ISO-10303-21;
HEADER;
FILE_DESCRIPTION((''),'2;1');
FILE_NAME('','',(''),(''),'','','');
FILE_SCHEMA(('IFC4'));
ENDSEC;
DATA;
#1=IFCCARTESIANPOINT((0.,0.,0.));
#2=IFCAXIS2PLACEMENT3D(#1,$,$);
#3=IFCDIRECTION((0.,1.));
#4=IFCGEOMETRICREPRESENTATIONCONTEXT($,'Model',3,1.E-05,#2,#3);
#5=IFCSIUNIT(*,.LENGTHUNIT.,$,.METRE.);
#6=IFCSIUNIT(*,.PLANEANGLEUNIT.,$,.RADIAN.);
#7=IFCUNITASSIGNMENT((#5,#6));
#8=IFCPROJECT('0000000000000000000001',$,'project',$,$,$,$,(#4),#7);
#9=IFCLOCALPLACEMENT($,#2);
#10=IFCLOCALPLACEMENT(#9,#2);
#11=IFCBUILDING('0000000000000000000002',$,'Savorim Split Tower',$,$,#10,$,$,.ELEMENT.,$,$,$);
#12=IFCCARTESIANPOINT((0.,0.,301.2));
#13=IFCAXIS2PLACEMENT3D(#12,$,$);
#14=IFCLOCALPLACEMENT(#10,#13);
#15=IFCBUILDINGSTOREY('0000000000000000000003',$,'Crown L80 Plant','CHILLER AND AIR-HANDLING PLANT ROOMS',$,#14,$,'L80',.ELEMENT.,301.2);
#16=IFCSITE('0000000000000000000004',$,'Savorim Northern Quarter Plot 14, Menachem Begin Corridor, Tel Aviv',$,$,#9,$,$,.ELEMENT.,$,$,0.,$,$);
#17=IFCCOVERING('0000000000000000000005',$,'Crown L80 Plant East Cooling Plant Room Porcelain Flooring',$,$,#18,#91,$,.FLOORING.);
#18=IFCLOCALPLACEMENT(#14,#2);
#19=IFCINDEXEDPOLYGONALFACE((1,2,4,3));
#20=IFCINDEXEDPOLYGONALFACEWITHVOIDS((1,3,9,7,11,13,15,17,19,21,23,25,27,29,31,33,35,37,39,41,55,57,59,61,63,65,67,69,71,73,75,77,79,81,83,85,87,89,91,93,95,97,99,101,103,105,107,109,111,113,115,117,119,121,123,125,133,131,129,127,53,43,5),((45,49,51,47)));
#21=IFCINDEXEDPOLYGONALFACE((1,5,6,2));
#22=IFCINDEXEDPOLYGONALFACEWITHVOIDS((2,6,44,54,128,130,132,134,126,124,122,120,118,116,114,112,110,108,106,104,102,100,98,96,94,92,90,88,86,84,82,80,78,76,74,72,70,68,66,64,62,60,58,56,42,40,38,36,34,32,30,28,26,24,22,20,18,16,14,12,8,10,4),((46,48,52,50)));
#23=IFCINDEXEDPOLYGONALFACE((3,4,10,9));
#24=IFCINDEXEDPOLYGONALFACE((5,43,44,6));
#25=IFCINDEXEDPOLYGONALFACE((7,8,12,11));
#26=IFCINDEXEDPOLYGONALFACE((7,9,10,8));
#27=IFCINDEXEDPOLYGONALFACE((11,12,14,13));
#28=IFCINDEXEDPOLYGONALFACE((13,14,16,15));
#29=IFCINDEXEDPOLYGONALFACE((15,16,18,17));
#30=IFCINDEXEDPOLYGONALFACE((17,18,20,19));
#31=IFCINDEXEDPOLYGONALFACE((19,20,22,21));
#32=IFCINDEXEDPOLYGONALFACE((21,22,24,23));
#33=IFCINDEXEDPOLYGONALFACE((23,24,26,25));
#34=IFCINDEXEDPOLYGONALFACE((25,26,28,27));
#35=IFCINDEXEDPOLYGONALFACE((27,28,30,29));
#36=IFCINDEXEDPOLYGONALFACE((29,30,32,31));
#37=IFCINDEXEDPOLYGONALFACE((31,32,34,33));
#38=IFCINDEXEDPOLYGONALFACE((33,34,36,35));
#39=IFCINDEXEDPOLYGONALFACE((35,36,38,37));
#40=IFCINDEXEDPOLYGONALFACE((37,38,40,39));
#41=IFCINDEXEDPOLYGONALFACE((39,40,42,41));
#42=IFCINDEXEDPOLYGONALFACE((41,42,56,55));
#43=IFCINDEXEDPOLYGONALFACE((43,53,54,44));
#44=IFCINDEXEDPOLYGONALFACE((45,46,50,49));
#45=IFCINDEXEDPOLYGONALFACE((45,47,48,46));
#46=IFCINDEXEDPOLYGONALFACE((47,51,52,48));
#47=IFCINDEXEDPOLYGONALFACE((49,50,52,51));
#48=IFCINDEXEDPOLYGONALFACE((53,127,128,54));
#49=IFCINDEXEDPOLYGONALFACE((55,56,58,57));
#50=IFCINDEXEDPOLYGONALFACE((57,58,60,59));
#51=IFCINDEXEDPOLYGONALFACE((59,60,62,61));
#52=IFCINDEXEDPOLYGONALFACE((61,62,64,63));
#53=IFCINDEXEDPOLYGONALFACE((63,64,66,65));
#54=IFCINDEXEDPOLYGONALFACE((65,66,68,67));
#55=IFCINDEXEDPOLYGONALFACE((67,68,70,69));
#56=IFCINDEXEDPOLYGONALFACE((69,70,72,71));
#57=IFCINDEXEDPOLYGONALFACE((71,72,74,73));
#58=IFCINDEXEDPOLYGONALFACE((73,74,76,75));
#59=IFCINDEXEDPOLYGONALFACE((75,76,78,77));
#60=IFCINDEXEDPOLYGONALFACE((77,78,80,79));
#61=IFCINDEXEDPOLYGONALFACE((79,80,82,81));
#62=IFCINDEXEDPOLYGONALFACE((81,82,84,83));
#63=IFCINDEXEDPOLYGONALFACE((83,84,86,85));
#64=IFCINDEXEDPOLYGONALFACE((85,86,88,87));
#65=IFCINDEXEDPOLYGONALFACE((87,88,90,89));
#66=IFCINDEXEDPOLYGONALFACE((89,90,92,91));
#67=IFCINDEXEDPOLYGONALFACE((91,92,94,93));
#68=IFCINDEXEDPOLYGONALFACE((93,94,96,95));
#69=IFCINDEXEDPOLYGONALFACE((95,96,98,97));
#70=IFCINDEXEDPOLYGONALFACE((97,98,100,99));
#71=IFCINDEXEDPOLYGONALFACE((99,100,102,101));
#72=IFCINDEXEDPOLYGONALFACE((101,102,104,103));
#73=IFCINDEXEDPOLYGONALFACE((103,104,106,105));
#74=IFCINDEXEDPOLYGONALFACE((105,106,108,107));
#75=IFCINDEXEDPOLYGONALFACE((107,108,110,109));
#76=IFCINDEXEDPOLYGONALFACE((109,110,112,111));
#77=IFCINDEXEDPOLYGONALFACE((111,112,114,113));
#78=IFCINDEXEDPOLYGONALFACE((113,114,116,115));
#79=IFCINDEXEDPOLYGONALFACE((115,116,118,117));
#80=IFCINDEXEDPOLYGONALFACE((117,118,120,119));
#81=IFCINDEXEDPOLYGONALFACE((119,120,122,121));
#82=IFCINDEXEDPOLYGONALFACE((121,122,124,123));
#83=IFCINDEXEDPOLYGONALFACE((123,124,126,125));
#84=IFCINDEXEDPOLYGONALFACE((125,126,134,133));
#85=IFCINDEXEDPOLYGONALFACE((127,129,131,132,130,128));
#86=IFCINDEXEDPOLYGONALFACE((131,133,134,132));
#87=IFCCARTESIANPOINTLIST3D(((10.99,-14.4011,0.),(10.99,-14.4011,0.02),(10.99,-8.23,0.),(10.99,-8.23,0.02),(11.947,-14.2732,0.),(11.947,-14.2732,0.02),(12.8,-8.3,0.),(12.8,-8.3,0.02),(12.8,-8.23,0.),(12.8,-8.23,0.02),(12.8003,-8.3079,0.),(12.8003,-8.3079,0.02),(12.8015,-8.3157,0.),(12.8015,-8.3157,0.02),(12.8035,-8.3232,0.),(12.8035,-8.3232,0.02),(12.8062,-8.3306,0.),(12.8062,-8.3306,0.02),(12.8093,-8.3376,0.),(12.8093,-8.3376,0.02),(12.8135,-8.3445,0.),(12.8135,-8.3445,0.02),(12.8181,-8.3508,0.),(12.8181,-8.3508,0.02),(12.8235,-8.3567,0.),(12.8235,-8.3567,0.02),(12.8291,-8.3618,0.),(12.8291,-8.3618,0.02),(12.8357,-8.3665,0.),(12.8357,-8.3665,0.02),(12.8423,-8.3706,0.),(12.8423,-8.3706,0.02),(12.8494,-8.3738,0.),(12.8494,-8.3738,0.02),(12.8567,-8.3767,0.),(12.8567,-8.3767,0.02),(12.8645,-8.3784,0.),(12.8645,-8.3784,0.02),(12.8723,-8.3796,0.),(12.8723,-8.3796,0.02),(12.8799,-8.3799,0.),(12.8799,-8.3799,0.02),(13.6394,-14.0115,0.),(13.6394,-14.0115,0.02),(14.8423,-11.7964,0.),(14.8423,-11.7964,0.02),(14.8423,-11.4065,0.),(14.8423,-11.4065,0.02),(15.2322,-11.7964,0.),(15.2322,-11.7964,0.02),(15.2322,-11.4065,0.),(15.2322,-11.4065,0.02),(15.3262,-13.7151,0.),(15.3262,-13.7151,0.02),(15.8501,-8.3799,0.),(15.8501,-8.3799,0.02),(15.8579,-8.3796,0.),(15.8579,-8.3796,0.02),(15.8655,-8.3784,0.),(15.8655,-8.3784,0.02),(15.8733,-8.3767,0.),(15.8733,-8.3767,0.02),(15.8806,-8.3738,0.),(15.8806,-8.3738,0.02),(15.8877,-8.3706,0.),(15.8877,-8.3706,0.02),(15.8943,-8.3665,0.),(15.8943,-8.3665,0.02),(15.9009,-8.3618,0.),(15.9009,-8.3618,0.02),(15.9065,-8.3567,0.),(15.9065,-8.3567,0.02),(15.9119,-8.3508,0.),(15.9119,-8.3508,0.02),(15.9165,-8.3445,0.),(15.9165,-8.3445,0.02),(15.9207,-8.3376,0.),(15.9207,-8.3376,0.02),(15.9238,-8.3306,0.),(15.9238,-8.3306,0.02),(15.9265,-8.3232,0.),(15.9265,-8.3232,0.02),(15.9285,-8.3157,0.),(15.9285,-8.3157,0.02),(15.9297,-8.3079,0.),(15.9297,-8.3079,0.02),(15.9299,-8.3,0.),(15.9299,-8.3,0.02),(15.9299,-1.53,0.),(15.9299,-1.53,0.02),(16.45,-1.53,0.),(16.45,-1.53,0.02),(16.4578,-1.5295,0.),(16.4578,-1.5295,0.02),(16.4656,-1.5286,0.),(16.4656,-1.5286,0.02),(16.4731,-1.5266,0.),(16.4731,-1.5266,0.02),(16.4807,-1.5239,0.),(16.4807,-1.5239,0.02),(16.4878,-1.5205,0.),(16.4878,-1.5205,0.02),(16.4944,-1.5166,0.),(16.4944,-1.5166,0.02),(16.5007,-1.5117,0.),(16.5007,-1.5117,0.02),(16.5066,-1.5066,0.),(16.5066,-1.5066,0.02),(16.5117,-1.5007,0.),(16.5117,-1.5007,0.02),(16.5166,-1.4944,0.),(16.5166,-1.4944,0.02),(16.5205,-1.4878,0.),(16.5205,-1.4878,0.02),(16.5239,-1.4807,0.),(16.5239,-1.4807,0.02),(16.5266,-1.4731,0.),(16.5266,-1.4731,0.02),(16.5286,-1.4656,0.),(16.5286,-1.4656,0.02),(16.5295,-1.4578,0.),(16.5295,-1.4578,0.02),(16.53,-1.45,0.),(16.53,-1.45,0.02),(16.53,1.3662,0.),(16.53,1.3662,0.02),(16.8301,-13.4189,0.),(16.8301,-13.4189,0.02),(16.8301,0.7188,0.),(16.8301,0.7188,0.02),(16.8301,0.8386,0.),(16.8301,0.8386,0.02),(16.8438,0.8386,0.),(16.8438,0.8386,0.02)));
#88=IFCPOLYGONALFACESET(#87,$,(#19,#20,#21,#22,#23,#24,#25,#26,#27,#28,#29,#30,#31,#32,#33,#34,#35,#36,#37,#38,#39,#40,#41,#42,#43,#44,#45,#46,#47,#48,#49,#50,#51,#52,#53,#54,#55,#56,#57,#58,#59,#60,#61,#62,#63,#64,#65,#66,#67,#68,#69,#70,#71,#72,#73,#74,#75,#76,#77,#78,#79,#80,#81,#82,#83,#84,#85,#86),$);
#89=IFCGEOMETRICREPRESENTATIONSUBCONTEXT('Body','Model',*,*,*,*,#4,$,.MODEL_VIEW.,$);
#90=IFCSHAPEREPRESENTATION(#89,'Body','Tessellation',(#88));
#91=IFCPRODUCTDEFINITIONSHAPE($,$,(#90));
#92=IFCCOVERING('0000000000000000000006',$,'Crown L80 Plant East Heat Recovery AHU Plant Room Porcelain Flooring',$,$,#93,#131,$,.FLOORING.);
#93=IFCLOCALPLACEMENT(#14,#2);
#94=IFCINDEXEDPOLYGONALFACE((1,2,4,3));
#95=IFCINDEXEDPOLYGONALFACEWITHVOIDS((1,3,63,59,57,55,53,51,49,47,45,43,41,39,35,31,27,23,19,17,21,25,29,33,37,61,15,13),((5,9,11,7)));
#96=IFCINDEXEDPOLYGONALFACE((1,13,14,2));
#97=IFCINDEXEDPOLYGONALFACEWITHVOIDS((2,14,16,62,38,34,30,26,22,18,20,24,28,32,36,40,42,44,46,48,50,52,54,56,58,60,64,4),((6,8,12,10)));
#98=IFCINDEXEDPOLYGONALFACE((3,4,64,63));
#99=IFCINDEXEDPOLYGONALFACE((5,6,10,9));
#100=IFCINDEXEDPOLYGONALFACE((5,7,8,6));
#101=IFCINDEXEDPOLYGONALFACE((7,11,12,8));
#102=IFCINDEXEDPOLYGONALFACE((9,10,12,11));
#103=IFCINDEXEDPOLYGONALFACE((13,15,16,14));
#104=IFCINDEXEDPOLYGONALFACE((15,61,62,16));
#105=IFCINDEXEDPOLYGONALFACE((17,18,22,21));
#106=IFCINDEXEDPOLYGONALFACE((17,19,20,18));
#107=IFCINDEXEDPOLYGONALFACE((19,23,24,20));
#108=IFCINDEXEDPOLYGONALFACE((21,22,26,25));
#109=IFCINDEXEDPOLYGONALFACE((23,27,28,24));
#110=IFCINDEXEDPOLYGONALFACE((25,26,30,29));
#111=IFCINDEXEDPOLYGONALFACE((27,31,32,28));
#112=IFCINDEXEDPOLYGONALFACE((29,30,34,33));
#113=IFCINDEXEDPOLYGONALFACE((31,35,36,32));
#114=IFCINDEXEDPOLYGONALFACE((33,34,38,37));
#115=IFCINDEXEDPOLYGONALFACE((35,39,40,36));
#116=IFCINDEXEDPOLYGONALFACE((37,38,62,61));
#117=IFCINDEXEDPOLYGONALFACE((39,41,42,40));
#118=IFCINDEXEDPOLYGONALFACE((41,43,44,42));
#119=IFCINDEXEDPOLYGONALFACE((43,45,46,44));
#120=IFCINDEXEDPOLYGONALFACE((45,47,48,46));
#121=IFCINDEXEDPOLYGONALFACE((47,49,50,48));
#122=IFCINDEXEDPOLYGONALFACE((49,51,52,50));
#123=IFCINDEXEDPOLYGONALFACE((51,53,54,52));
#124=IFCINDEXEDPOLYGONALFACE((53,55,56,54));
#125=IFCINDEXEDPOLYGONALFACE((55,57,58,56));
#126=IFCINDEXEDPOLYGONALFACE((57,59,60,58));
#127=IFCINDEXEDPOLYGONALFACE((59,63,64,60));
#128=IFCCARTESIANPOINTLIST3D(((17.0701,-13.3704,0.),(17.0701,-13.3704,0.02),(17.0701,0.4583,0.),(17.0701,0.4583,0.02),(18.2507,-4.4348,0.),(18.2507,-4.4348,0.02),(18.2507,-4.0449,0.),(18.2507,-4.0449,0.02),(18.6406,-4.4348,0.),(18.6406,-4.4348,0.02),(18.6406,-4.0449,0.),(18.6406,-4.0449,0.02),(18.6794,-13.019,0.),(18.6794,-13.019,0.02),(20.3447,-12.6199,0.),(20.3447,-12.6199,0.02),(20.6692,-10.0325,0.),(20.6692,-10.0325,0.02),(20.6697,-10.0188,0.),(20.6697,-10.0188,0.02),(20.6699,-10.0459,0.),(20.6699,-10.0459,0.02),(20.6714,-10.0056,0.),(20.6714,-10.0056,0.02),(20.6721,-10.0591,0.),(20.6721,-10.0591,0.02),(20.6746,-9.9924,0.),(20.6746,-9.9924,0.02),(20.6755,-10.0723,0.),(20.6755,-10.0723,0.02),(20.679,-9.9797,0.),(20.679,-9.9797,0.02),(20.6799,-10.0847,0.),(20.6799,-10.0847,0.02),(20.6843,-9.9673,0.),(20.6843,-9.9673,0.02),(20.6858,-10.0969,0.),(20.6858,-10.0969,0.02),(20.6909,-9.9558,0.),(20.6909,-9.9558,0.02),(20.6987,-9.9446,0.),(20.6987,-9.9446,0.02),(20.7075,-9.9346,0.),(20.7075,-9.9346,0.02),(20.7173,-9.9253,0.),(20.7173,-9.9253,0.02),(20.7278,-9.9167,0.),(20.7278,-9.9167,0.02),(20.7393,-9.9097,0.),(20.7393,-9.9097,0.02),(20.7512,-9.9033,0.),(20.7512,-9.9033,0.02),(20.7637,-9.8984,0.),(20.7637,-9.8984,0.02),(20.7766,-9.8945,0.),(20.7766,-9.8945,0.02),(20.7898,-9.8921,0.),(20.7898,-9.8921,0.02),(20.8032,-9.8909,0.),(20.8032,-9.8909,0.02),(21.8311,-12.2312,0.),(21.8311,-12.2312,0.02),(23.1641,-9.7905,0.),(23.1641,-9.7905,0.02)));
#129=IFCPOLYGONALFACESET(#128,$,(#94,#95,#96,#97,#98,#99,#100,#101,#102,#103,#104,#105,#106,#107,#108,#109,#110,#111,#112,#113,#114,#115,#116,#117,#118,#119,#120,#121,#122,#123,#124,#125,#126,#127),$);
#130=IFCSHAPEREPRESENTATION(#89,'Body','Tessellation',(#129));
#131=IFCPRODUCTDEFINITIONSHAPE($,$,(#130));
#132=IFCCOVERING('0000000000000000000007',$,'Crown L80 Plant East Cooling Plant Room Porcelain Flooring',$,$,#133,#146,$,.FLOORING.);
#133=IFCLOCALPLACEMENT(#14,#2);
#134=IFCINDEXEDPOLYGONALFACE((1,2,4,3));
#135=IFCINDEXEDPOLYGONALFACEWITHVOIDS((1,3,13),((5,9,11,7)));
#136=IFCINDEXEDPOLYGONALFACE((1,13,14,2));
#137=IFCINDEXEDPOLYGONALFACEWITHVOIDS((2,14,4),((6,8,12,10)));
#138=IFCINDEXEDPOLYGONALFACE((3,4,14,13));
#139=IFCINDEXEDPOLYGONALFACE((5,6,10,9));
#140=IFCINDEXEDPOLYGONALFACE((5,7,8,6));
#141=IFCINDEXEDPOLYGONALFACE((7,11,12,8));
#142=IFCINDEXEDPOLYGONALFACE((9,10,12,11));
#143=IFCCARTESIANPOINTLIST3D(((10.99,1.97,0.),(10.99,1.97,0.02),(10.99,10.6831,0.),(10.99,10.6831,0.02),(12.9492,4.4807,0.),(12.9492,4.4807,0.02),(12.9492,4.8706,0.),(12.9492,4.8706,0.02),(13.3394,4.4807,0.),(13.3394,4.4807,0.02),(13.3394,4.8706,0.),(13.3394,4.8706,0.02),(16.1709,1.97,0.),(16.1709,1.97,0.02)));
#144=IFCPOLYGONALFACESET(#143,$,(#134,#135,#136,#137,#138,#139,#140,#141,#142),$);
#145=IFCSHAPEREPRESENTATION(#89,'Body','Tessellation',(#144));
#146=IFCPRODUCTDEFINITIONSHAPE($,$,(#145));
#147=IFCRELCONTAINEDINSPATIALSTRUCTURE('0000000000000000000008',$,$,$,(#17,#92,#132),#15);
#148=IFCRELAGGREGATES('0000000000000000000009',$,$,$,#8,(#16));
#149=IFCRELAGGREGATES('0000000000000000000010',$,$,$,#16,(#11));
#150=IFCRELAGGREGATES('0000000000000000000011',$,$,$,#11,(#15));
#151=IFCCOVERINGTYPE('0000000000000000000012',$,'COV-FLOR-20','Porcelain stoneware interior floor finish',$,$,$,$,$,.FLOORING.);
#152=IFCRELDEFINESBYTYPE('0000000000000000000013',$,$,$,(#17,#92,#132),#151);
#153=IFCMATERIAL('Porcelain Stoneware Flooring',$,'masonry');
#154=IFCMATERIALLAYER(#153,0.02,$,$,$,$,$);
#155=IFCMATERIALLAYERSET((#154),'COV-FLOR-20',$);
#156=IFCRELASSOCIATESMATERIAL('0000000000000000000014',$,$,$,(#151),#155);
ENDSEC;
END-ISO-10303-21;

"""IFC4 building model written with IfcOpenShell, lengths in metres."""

from ifc_helpers import new_model, si_unit, direction, frame, origin, place, context, subcontext, project, spatial, polyline, outline, extrude, material, layer, layer_set, type_object, element, save


model = new_model("IFC4")

# Units and contexts
model_context = context("Model", 3, precision=1e-05, world=origin(), true_north=direction((0.0, 1.0)))
body_context = subcontext(model_context, "Body", "Model", "MODEL_VIEW")
ifc_project = project(units=[si_unit("LENGTHUNIT", "METRE"), si_unit("PLANEANGLEUNIT", "RADIAN")], contexts=[model_context])

# Site, building, storey
site_placement = place(None, origin())
site = spatial("IfcSite", under=ifc_project, at=site_placement, Name="Savorim Northern Quarter Plot 14, Menachem Begin Corridor, Tel Aviv", CompositionType="ELEMENT", RefElevation=0.0)
building_placement = place(site_placement, origin())
building = spatial("IfcBuilding", under=site, at=building_placement, Name="Savorim Split Tower", CompositionType="ELEMENT")
storey_placement = place(building_placement, frame((0.0, 0.0, 301.2)))
storey = spatial("IfcBuildingStorey", under=building, at=storey_placement, Name="Crown L80 Plant", Description="CHILLER AND AIR-HANDLING PLANT ROOMS", LongName="L80", CompositionType="ELEMENT", Elevation=301.2)

# Coverings
ifc_material_1 = material(Name="Porcelain Stoneware Flooring", Category="masonry")
ifc_layer_1 = layer(ifc_material_1, 0.02)
ifc_layer_set_1 = layer_set([ifc_layer_1], Name="COV-FLOR-20")
covering_type_1 = type_object("IfcCoveringType", Name="COV-FLOR-20", Description="Porcelain stoneware interior floor finish", PredefinedType="FLOORING", material=ifc_layer_set_1)
covering_1_placement = place(storey_placement, origin())
element("IfcCovering", 1, at=covering_1_placement, inside=storey, type_object=covering_type_1, Name="Crown L80 Plant East Cooling Plant Room Porcelain Flooring", PredefinedType="FLOORING", context=body_context, shape_type="SweptSolid", body=[
    extrude(outline(polyline([(11.947, -14.2732), (13.6394, -14.0115), (15.3262, -13.7151), (16.8301, -13.4189), (16.8301, 0.7188), (16.8301, 0.8386), (16.8438, 0.8386), (16.53, 1.3662), (16.53, -1.45), (16.5295, -1.4578), (16.5286, -1.4656), (16.5266, -1.4731), (16.5239, -1.4807), (16.5205, -1.4878), (16.5166, -1.4944), (16.5117, -1.5007), (16.5066, -1.5066), (16.5007, -1.5117), (16.4944, -1.5166), (16.4878, -1.5205), (16.4807, -1.5239), (16.4731, -1.5266), (16.4656, -1.5286), (16.4578, -1.5295), (16.45, -1.53), (15.9299, -1.53), (15.9299, -8.3), (15.9297, -8.3079), (15.9285, -8.3157), (15.9265, -8.3232), (15.9238, -8.3306), (15.9207, -8.3376), (15.9165, -8.3445), (15.9119, -8.3508), (15.9065, -8.3567), (15.9009, -8.3618), (15.8943, -8.3665), (15.8877, -8.3706), (15.8806, -8.3738), (15.8733, -8.3767), (15.8655, -8.3784), (15.8579, -8.3796), (15.8501, -8.3799), (12.8799, -8.3799), (12.8723, -8.3796), (12.8645, -8.3784), (12.8567, -8.3767), (12.8494, -8.3738), (12.8423, -8.3706), (12.8357, -8.3665), (12.8291, -8.3618), (12.8235, -8.3567), (12.8181, -8.3508), (12.8135, -8.3445), (12.8093, -8.3376), (12.8062, -8.3306), (12.8035, -8.3232), (12.8015, -8.3157), (12.8003, -8.3079), (12.8, -8.3), (12.8, -8.23), (10.99, -8.23), (10.99, -14.4011), (11.947, -14.2732)]), holes=[polyline([(14.8423, -11.4065), (14.8423, -11.7964), (15.2322, -11.7964), (15.2322, -11.4065), (14.8423, -11.4065)])]), origin(), (0.0, 0.0, 1.0), 0.02),
])
covering_2_placement = place(storey_placement, origin())
element("IfcCovering", 2, at=covering_2_placement, inside=storey, type_object=covering_type_1, Name="Crown L80 Plant East Heat Recovery AHU Plant Room Porcelain Flooring", PredefinedType="FLOORING", context=body_context, shape_type="SweptSolid", body=[
    extrude(outline(polyline([(20.7637, -9.8984), (20.7766, -9.8945), (20.7898, -9.8921), (20.8032, -9.8909), (23.1641, -9.7905), (17.0701, 0.4583), (17.0701, -13.3704), (18.6794, -13.019), (20.3447, -12.6199), (21.8311, -12.2312), (20.6858, -10.0969), (20.6799, -10.0847), (20.6755, -10.0723), (20.6721, -10.0591), (20.6699, -10.0459), (20.6692, -10.0325), (20.6697, -10.0188), (20.6714, -10.0056), (20.6746, -9.9924), (20.679, -9.9797), (20.6843, -9.9673), (20.6909, -9.9558), (20.6987, -9.9446), (20.7075, -9.9346), (20.7173, -9.9253), (20.7278, -9.9167), (20.7393, -9.9097), (20.7512, -9.9033), (20.7637, -9.8984)]), holes=[polyline([(18.2507, -4.0449), (18.2507, -4.4348), (18.6406, -4.4348), (18.6406, -4.0449), (18.2507, -4.0449)])]), origin(), (0.0, 0.0, 1.0), 0.02),
])
covering_3_placement = place(storey_placement, origin())
element("IfcCovering", 3, at=covering_3_placement, inside=storey, type_object=covering_type_1, Name="Crown L80 Plant East Cooling Plant Room Porcelain Flooring", PredefinedType="FLOORING", context=body_context, shape_type="SweptSolid", body=[
    extrude(outline(polyline([(10.99, 10.6831), (10.99, 1.97), (16.1709, 1.97), (10.99, 10.6831)]), holes=[polyline([(12.9492, 4.8706), (12.9492, 4.4807), (13.3394, 4.4807), (13.3394, 4.8706), (12.9492, 4.8706)])]), origin(), (0.0, 0.0, 1.0), 0.02),
])

save(model, "model.ifc")
